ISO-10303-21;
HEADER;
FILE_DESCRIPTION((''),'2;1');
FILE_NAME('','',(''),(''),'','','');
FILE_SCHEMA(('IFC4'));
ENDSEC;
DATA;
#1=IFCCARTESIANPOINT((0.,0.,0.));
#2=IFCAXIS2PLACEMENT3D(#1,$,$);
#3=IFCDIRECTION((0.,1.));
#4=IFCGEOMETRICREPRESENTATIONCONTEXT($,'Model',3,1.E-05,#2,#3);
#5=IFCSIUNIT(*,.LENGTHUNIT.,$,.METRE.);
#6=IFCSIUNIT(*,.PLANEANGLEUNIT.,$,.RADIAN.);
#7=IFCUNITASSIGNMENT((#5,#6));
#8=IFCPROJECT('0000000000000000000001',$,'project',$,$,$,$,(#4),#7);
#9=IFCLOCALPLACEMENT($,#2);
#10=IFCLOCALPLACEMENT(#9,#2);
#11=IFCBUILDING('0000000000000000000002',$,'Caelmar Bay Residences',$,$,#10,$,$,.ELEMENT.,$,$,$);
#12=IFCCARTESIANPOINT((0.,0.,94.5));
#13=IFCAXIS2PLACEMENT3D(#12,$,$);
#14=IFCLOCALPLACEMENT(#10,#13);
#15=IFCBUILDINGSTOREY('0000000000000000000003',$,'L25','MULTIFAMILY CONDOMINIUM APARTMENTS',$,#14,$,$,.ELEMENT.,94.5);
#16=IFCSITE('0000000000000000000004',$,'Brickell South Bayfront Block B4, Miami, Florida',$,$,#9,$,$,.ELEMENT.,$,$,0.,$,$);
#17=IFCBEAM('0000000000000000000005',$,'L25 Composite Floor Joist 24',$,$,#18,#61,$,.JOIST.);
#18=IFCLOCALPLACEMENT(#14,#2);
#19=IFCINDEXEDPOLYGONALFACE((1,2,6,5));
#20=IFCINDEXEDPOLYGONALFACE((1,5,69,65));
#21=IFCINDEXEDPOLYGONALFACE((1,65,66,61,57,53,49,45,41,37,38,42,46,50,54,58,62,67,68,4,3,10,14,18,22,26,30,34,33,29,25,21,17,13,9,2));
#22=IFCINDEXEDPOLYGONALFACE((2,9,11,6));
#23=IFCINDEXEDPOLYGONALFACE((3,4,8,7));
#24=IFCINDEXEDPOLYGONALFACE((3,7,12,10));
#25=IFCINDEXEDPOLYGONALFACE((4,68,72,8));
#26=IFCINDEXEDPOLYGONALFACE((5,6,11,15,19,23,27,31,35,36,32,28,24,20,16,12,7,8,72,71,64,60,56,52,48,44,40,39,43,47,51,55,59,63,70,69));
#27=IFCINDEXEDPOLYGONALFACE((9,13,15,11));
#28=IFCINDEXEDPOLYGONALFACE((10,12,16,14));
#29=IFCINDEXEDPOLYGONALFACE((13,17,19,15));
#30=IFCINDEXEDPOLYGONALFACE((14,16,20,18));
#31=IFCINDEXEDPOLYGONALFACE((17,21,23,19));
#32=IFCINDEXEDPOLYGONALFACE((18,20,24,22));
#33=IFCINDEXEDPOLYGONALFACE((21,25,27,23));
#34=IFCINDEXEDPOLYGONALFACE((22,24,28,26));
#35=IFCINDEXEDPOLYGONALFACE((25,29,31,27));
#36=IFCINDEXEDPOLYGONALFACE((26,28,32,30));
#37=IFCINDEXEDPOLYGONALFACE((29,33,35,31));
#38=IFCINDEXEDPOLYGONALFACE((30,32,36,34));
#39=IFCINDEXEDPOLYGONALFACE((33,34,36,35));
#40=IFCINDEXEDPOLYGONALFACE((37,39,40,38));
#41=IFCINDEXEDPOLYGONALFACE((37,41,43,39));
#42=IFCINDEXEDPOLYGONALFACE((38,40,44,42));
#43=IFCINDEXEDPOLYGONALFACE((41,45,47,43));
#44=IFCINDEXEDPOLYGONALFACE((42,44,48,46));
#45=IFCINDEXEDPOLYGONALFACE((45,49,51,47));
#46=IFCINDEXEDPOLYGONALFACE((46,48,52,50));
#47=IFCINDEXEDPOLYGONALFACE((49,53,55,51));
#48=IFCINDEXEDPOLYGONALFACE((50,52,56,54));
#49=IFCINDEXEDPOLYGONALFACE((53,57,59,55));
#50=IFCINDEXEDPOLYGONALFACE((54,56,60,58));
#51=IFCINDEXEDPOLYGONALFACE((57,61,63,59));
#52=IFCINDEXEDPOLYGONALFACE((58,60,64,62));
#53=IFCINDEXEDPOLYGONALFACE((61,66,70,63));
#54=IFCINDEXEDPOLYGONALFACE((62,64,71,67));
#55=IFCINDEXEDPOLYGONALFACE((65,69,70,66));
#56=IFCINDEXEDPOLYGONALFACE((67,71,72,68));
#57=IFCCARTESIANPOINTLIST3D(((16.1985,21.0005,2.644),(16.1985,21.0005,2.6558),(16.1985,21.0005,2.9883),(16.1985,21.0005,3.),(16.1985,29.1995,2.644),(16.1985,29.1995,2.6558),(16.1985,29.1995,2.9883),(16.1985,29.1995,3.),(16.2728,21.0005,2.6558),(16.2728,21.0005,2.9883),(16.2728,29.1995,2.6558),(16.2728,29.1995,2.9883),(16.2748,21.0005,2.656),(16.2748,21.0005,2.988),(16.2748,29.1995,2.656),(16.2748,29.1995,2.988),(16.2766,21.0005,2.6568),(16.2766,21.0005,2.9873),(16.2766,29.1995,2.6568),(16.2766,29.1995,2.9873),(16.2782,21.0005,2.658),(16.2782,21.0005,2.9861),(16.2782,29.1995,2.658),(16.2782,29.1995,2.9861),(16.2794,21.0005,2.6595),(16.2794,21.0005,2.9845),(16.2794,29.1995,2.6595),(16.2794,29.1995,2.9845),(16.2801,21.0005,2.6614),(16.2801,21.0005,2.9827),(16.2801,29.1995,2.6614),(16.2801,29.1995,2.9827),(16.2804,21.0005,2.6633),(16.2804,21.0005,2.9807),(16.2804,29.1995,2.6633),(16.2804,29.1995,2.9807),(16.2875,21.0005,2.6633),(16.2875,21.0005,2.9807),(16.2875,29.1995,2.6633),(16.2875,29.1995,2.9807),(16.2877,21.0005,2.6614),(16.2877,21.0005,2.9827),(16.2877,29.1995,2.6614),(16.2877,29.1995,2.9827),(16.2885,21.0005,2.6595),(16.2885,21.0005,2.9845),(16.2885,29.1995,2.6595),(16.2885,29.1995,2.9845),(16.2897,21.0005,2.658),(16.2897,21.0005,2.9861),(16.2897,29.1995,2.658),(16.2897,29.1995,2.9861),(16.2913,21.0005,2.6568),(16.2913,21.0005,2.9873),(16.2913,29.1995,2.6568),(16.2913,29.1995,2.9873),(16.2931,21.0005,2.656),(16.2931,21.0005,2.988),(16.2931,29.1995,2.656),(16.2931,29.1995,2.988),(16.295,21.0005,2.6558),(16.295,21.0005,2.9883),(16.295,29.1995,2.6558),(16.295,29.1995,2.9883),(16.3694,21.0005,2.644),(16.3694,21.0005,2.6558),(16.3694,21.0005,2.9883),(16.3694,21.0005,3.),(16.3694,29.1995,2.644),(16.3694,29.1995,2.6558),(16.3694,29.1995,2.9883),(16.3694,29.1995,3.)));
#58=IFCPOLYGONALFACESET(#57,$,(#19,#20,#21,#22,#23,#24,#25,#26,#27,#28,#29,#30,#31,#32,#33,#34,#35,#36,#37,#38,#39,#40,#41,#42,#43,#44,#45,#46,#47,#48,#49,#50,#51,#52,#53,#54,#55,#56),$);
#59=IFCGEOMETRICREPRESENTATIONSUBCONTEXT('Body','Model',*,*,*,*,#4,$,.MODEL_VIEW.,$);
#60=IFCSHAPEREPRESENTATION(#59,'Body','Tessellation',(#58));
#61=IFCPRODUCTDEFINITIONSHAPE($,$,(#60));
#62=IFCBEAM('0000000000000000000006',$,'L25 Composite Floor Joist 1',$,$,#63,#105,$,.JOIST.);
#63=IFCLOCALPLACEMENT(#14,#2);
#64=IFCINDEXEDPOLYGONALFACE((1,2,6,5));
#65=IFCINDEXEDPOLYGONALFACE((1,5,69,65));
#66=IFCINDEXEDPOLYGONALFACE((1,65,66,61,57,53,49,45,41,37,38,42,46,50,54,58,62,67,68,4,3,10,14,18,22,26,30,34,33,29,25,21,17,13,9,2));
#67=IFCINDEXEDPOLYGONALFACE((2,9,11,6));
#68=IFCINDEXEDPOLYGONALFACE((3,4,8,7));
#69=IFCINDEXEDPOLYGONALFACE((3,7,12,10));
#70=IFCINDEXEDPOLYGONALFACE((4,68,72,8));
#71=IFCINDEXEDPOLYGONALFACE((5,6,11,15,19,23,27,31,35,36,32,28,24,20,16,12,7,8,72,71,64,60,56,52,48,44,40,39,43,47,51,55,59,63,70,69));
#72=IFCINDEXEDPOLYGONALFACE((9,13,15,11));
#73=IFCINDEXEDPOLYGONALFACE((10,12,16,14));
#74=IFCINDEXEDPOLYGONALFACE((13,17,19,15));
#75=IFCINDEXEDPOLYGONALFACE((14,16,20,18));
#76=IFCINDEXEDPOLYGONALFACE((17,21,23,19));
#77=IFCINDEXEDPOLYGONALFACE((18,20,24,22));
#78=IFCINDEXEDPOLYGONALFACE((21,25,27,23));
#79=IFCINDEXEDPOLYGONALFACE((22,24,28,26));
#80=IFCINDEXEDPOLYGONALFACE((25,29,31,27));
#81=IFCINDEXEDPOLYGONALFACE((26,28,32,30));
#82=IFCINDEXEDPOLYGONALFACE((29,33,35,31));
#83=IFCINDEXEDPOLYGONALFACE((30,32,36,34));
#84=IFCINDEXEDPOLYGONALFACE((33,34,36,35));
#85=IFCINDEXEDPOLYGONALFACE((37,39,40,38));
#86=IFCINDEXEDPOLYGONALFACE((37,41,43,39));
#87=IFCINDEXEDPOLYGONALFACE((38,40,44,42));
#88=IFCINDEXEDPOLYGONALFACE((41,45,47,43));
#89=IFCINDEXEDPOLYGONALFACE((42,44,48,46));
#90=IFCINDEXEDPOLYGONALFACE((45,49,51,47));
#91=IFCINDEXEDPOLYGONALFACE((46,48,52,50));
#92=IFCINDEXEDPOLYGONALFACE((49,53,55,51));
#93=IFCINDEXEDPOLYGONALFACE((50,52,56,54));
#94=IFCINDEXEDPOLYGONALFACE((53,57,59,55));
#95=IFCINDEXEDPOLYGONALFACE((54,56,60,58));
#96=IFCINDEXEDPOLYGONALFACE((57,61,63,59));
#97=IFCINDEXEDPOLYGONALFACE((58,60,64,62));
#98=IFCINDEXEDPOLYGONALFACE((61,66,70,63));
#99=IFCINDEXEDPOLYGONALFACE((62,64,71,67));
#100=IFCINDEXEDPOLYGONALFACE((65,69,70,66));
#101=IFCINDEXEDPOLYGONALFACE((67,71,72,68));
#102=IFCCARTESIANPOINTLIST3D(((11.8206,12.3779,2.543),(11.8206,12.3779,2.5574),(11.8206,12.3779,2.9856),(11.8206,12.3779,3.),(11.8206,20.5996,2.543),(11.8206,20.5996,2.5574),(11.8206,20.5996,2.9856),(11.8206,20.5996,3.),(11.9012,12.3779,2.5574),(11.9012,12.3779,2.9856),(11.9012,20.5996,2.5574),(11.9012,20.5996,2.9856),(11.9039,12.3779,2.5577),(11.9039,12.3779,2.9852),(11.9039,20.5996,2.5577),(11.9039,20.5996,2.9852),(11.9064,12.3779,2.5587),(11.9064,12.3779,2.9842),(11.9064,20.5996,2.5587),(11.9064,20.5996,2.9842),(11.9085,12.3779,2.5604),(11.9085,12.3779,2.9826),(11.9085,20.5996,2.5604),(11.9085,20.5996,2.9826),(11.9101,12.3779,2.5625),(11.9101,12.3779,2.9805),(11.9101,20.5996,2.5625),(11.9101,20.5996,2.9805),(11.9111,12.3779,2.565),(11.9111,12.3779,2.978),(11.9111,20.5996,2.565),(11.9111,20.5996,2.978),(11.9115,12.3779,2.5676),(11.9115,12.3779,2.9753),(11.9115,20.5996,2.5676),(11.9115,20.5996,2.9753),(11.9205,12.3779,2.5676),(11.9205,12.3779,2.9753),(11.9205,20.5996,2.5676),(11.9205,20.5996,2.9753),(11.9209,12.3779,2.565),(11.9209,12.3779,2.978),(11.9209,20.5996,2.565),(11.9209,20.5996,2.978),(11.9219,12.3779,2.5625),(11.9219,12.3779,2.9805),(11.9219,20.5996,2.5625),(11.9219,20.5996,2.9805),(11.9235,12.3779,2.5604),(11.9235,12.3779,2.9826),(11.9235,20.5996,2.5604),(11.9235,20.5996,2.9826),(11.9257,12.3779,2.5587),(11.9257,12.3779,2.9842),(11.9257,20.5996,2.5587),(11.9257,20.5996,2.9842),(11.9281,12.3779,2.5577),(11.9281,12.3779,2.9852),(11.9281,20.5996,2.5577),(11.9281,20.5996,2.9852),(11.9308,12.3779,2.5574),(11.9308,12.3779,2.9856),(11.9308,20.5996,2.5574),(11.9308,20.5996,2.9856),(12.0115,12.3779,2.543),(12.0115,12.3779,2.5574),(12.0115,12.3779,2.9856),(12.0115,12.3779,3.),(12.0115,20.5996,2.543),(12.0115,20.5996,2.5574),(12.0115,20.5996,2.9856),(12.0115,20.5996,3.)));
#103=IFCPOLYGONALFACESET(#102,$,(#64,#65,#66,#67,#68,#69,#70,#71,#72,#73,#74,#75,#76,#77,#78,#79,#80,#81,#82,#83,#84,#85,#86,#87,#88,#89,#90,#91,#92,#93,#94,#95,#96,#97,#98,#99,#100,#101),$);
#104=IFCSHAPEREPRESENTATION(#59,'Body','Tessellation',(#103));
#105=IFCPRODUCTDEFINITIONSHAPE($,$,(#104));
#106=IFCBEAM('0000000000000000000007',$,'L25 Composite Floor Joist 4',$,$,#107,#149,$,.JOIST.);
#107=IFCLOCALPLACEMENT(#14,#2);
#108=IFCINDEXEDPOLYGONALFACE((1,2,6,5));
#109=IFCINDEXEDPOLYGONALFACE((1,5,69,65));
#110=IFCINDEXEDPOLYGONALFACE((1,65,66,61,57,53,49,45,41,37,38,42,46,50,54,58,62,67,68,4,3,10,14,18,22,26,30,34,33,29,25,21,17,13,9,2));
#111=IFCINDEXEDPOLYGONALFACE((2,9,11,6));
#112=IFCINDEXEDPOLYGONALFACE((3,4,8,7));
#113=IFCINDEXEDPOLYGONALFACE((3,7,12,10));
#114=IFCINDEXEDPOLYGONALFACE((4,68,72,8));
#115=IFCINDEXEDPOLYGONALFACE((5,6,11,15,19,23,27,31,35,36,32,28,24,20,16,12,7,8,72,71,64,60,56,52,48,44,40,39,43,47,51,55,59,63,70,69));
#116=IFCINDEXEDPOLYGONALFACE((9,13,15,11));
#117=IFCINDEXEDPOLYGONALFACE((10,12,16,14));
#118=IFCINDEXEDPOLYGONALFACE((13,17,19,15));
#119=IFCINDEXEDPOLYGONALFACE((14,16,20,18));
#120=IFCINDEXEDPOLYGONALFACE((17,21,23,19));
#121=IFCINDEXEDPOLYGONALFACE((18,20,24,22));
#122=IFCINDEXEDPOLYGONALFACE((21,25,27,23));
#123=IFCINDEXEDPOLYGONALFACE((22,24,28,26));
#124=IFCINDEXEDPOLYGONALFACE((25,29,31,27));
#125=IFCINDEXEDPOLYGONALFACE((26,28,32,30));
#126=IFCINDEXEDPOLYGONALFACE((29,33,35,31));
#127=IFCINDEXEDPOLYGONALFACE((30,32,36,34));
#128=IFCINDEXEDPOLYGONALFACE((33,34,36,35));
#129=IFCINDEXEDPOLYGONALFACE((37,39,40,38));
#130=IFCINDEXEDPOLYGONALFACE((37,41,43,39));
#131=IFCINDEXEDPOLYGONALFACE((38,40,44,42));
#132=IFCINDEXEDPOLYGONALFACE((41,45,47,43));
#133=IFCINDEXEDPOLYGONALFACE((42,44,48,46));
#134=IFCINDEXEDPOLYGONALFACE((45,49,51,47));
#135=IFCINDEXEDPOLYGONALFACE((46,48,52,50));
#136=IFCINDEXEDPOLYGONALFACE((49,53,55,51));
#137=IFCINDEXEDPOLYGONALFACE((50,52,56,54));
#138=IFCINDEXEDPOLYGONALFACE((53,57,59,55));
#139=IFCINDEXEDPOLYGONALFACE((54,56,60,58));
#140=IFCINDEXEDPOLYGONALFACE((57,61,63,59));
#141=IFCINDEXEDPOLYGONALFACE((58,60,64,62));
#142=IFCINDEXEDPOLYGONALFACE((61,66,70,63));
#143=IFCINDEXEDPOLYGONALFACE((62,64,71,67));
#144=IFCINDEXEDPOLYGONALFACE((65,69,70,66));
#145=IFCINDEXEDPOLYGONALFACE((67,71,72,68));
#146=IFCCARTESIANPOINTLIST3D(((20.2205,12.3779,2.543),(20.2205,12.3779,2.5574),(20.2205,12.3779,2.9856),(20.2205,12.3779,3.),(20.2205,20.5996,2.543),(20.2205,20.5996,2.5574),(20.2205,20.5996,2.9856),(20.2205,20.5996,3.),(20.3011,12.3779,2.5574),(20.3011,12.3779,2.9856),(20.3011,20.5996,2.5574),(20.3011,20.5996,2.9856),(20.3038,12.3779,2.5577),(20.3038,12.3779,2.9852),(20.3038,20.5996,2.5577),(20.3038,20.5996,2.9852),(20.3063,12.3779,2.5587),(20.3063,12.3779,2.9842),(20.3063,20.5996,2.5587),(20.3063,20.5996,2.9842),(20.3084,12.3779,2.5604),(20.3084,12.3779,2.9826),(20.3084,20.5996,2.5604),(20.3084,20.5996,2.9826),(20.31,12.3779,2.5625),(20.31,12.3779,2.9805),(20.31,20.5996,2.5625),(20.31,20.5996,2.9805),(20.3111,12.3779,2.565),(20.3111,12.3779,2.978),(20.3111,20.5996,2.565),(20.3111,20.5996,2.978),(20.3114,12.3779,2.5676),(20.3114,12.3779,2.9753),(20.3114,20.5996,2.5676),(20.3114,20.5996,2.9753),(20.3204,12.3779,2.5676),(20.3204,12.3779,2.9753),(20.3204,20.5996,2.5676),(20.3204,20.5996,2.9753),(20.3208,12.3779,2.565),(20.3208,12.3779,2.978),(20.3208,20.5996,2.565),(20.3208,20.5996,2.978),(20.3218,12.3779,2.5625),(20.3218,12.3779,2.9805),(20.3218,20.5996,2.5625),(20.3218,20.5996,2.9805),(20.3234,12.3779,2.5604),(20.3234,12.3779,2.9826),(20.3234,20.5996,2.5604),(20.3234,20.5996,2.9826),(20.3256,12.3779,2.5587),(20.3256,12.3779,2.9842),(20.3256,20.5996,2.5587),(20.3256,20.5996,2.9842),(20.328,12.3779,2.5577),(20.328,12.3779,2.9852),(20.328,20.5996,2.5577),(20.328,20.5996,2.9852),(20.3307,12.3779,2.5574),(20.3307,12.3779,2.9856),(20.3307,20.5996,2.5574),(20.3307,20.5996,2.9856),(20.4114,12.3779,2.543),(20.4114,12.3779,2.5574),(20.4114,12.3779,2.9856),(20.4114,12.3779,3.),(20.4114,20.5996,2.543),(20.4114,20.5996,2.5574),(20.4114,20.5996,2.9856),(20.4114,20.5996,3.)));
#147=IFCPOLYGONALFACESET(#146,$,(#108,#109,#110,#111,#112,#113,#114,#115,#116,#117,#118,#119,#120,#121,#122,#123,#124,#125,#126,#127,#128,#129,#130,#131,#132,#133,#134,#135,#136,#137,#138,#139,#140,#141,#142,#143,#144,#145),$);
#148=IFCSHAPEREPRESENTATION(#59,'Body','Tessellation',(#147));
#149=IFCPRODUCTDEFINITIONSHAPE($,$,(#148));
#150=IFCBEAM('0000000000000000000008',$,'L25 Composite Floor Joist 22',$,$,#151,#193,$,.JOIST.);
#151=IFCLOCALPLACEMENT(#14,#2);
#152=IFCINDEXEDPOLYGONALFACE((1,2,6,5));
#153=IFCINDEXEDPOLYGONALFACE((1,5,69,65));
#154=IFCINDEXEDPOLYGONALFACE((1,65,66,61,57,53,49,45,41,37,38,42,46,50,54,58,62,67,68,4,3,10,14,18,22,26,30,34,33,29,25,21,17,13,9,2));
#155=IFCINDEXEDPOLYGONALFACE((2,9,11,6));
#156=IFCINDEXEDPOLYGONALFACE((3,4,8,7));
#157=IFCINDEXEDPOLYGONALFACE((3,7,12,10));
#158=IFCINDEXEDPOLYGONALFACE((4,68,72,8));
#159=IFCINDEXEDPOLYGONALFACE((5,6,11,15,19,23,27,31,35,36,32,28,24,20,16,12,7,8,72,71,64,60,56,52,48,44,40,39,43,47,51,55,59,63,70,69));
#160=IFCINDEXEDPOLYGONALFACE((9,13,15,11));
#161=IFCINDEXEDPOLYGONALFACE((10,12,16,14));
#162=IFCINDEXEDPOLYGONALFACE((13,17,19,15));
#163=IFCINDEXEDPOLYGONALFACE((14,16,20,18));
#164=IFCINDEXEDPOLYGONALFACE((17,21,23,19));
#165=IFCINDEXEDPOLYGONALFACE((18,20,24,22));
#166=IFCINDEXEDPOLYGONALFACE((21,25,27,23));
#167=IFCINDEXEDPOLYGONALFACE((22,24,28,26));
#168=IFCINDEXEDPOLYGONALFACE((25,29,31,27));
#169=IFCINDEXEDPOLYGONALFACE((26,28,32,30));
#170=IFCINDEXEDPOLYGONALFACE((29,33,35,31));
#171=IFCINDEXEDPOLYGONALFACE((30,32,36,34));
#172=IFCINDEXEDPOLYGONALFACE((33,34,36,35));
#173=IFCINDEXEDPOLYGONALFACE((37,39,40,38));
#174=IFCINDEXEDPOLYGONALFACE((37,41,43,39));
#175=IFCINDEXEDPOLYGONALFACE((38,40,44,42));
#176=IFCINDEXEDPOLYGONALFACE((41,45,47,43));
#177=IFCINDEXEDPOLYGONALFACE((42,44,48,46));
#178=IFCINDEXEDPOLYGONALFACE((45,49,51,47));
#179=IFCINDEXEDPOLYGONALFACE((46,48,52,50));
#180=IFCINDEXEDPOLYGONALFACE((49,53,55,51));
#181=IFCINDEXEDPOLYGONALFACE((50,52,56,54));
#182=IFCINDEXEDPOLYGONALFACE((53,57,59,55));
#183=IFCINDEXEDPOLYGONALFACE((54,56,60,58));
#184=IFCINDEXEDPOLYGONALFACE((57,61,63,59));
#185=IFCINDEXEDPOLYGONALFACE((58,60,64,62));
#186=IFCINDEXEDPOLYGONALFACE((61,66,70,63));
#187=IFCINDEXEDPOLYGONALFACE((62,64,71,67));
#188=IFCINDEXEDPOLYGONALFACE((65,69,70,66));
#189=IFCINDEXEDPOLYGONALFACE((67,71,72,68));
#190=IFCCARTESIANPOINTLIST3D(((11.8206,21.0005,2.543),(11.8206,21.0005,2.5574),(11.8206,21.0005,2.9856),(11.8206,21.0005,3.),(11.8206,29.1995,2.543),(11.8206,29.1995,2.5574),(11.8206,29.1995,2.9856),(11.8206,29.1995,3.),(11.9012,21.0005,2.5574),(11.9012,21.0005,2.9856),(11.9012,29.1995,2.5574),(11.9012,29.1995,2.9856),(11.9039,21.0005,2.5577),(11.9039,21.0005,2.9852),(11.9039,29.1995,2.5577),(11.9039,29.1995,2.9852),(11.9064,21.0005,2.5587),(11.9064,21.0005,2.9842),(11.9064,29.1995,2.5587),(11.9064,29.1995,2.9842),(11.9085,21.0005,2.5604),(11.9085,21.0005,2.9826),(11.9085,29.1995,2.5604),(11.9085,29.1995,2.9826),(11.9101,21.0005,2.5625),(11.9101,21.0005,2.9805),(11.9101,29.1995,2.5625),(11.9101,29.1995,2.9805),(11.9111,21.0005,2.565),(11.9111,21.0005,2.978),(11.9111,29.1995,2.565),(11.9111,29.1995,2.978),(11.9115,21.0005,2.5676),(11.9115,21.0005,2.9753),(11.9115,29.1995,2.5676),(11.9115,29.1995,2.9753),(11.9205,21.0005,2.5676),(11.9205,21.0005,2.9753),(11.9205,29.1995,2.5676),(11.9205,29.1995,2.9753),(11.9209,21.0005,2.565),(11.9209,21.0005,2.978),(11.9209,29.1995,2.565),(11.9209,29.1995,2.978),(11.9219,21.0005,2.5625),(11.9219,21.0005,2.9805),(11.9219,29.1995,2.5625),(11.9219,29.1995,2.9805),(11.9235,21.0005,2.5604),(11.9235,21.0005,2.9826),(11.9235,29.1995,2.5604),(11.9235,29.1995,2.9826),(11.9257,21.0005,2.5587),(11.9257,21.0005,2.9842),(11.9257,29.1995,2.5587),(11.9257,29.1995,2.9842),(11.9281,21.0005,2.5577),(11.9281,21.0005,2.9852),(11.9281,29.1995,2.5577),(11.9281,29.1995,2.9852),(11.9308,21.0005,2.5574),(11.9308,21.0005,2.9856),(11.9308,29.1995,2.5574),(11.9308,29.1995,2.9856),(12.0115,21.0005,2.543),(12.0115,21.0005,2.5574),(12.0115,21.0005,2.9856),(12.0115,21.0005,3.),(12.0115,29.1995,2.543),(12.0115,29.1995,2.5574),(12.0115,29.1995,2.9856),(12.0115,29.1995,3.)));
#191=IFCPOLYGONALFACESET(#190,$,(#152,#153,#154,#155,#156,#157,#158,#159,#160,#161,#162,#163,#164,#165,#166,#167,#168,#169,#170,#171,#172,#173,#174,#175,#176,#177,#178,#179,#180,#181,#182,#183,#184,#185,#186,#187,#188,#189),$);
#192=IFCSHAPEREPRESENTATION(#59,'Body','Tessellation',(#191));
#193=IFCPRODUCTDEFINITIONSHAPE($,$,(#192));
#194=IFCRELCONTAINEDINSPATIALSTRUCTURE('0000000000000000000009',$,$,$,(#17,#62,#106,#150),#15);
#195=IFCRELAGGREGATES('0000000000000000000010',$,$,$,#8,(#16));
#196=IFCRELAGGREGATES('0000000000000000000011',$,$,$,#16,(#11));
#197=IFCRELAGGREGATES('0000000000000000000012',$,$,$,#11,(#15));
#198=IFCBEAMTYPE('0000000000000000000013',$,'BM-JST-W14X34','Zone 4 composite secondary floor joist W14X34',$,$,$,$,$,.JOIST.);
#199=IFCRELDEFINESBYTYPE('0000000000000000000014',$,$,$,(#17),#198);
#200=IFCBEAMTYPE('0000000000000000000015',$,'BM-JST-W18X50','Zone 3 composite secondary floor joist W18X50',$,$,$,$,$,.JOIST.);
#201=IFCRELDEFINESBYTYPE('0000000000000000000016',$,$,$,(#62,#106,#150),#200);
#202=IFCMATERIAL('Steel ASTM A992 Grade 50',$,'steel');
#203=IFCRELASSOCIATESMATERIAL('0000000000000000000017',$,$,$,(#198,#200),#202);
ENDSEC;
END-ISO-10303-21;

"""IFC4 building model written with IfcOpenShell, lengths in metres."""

from ifc_helpers import new_model, si_unit, direction, frame, origin, origin_2d, place, context, subcontext, project, spatial, i_section, extrude, material, material_profile, profile_set, type_object, element, save


model = new_model("IFC4")

# Units and contexts
model_context = context("Model", 3, precision=1e-05, world=origin(), true_north=direction((0.0, 1.0)))
body_context = subcontext(model_context, "Body", "Model", "MODEL_VIEW")
ifc_project = project(units=[si_unit("LENGTHUNIT", "METRE"), si_unit("PLANEANGLEUNIT", "RADIAN")], contexts=[model_context])

# Site, building, storey
site_placement = place(None, origin())
site = spatial("IfcSite", under=ifc_project, at=site_placement, Name="Brickell South Bayfront Block B4, Miami, Florida", CompositionType="ELEMENT", RefElevation=0.0)
building_placement = place(site_placement, origin())
building = spatial("IfcBuilding", under=site, at=building_placement, Name="Caelmar Bay Residences", CompositionType="ELEMENT")
storey_placement = place(building_placement, frame((0.0, 0.0, 94.5)))
storey = spatial("IfcBuildingStorey", under=building, at=storey_placement, Name="L25", Description="MULTIFAMILY CONDOMINIUM APARTMENTS", CompositionType="ELEMENT", Elevation=94.5)

# Beams
ifc_material_1 = material(Name="Steel ASTM A992 Grade 50", Category="steel")
ifc_material_profile_1 = material_profile(ifc_material_1, i_section(OverallWidth=0.1709, OverallDepth=0.356, WebThickness=0.0071, FlangeThickness=0.0117, FilletRadius=0.0076, at=origin_2d()), Name="W14X34")
ifc_profile_set_1 = profile_set([ifc_material_profile_1], Name="Steel ASTM A992 Grade 50")
beam_type_1 = type_object("IfcBeamType", Name="BM-JST-W14X34", Description="Zone 4 composite secondary floor joist W14X34", PredefinedType="JOIST", material=ifc_profile_set_1)
beam_1_placement = place(storey_placement, frame((16.2839, 21.0005, 2.822), z_axis=(0.0, 1.0, 0.0), x_axis=(-1.0, 0.0, 0.0)))
element("IfcBeam", 1, at=beam_1_placement, inside=storey, type_object=beam_type_1, Name="L25 Composite Floor Joist 24", PredefinedType="JOIST", context=body_context, shape_type="SweptSolid", body=[
    extrude(i_section(OverallWidth=0.1709, OverallDepth=0.356, WebThickness=0.0071, FlangeThickness=0.0117, FilletRadius=0.0076, at=origin_2d()), origin(), (0.0, 0.0, 1.0), 8.199),
])
ifc_material_profile_2 = material_profile(ifc_material_1, i_section(OverallWidth=0.1909, OverallDepth=0.457, WebThickness=0.009, FlangeThickness=0.0144, FilletRadius=0.0103, at=origin_2d()), Name="W18X50")
ifc_profile_set_2 = profile_set([ifc_material_profile_2], Name="Steel ASTM A992 Grade 50")
beam_type_2 = type_object("IfcBeamType", Name="BM-JST-W18X50", Description="Zone 3 composite secondary floor joist W18X50", PredefinedType="JOIST", material=ifc_profile_set_2)
for number, where, z_axis, x_axis, name in (
    (2, (11.916, 12.3779, 2.7715), (0.0, 1.0, 0.0), (-1.0, 0.0, 0.0), "L25 Composite Floor Joist 1"),
    (3, (20.3159, 12.3779, 2.7715), (0.0, 1.0, 0.0), (-1.0, 0.0, 0.0), "L25 Composite Floor Joist 4"),
):
    element("IfcBeam", number, at=place(storey_placement, frame(where, z_axis=z_axis, x_axis=x_axis)), inside=storey, type_object=beam_type_2, Name=name, PredefinedType="JOIST", context=body_context, shape_type="SweptSolid", body=[
        extrude(i_section(OverallWidth=0.1909, OverallDepth=0.457, WebThickness=0.009, FlangeThickness=0.0144, FilletRadius=0.0103, at=origin_2d()), origin(), (0.0, 0.0, 1.0), 8.2217),
    ])
beam_2_placement = place(storey_placement, frame((11.916, 21.0005, 2.7715), z_axis=(0.0, 1.0, 0.0), x_axis=(-1.0, 0.0, 0.0)))
element("IfcBeam", 4, at=beam_2_placement, inside=storey, type_object=beam_type_2, Name="L25 Composite Floor Joist 22", PredefinedType="JOIST", context=body_context, shape_type="SweptSolid", body=[
    extrude(i_section(OverallWidth=0.1909, OverallDepth=0.457, WebThickness=0.009, FlangeThickness=0.0144, FilletRadius=0.0103, at=origin_2d()), origin(), (0.0, 0.0, 1.0), 8.199),
])

save(model, "model.ifc")
